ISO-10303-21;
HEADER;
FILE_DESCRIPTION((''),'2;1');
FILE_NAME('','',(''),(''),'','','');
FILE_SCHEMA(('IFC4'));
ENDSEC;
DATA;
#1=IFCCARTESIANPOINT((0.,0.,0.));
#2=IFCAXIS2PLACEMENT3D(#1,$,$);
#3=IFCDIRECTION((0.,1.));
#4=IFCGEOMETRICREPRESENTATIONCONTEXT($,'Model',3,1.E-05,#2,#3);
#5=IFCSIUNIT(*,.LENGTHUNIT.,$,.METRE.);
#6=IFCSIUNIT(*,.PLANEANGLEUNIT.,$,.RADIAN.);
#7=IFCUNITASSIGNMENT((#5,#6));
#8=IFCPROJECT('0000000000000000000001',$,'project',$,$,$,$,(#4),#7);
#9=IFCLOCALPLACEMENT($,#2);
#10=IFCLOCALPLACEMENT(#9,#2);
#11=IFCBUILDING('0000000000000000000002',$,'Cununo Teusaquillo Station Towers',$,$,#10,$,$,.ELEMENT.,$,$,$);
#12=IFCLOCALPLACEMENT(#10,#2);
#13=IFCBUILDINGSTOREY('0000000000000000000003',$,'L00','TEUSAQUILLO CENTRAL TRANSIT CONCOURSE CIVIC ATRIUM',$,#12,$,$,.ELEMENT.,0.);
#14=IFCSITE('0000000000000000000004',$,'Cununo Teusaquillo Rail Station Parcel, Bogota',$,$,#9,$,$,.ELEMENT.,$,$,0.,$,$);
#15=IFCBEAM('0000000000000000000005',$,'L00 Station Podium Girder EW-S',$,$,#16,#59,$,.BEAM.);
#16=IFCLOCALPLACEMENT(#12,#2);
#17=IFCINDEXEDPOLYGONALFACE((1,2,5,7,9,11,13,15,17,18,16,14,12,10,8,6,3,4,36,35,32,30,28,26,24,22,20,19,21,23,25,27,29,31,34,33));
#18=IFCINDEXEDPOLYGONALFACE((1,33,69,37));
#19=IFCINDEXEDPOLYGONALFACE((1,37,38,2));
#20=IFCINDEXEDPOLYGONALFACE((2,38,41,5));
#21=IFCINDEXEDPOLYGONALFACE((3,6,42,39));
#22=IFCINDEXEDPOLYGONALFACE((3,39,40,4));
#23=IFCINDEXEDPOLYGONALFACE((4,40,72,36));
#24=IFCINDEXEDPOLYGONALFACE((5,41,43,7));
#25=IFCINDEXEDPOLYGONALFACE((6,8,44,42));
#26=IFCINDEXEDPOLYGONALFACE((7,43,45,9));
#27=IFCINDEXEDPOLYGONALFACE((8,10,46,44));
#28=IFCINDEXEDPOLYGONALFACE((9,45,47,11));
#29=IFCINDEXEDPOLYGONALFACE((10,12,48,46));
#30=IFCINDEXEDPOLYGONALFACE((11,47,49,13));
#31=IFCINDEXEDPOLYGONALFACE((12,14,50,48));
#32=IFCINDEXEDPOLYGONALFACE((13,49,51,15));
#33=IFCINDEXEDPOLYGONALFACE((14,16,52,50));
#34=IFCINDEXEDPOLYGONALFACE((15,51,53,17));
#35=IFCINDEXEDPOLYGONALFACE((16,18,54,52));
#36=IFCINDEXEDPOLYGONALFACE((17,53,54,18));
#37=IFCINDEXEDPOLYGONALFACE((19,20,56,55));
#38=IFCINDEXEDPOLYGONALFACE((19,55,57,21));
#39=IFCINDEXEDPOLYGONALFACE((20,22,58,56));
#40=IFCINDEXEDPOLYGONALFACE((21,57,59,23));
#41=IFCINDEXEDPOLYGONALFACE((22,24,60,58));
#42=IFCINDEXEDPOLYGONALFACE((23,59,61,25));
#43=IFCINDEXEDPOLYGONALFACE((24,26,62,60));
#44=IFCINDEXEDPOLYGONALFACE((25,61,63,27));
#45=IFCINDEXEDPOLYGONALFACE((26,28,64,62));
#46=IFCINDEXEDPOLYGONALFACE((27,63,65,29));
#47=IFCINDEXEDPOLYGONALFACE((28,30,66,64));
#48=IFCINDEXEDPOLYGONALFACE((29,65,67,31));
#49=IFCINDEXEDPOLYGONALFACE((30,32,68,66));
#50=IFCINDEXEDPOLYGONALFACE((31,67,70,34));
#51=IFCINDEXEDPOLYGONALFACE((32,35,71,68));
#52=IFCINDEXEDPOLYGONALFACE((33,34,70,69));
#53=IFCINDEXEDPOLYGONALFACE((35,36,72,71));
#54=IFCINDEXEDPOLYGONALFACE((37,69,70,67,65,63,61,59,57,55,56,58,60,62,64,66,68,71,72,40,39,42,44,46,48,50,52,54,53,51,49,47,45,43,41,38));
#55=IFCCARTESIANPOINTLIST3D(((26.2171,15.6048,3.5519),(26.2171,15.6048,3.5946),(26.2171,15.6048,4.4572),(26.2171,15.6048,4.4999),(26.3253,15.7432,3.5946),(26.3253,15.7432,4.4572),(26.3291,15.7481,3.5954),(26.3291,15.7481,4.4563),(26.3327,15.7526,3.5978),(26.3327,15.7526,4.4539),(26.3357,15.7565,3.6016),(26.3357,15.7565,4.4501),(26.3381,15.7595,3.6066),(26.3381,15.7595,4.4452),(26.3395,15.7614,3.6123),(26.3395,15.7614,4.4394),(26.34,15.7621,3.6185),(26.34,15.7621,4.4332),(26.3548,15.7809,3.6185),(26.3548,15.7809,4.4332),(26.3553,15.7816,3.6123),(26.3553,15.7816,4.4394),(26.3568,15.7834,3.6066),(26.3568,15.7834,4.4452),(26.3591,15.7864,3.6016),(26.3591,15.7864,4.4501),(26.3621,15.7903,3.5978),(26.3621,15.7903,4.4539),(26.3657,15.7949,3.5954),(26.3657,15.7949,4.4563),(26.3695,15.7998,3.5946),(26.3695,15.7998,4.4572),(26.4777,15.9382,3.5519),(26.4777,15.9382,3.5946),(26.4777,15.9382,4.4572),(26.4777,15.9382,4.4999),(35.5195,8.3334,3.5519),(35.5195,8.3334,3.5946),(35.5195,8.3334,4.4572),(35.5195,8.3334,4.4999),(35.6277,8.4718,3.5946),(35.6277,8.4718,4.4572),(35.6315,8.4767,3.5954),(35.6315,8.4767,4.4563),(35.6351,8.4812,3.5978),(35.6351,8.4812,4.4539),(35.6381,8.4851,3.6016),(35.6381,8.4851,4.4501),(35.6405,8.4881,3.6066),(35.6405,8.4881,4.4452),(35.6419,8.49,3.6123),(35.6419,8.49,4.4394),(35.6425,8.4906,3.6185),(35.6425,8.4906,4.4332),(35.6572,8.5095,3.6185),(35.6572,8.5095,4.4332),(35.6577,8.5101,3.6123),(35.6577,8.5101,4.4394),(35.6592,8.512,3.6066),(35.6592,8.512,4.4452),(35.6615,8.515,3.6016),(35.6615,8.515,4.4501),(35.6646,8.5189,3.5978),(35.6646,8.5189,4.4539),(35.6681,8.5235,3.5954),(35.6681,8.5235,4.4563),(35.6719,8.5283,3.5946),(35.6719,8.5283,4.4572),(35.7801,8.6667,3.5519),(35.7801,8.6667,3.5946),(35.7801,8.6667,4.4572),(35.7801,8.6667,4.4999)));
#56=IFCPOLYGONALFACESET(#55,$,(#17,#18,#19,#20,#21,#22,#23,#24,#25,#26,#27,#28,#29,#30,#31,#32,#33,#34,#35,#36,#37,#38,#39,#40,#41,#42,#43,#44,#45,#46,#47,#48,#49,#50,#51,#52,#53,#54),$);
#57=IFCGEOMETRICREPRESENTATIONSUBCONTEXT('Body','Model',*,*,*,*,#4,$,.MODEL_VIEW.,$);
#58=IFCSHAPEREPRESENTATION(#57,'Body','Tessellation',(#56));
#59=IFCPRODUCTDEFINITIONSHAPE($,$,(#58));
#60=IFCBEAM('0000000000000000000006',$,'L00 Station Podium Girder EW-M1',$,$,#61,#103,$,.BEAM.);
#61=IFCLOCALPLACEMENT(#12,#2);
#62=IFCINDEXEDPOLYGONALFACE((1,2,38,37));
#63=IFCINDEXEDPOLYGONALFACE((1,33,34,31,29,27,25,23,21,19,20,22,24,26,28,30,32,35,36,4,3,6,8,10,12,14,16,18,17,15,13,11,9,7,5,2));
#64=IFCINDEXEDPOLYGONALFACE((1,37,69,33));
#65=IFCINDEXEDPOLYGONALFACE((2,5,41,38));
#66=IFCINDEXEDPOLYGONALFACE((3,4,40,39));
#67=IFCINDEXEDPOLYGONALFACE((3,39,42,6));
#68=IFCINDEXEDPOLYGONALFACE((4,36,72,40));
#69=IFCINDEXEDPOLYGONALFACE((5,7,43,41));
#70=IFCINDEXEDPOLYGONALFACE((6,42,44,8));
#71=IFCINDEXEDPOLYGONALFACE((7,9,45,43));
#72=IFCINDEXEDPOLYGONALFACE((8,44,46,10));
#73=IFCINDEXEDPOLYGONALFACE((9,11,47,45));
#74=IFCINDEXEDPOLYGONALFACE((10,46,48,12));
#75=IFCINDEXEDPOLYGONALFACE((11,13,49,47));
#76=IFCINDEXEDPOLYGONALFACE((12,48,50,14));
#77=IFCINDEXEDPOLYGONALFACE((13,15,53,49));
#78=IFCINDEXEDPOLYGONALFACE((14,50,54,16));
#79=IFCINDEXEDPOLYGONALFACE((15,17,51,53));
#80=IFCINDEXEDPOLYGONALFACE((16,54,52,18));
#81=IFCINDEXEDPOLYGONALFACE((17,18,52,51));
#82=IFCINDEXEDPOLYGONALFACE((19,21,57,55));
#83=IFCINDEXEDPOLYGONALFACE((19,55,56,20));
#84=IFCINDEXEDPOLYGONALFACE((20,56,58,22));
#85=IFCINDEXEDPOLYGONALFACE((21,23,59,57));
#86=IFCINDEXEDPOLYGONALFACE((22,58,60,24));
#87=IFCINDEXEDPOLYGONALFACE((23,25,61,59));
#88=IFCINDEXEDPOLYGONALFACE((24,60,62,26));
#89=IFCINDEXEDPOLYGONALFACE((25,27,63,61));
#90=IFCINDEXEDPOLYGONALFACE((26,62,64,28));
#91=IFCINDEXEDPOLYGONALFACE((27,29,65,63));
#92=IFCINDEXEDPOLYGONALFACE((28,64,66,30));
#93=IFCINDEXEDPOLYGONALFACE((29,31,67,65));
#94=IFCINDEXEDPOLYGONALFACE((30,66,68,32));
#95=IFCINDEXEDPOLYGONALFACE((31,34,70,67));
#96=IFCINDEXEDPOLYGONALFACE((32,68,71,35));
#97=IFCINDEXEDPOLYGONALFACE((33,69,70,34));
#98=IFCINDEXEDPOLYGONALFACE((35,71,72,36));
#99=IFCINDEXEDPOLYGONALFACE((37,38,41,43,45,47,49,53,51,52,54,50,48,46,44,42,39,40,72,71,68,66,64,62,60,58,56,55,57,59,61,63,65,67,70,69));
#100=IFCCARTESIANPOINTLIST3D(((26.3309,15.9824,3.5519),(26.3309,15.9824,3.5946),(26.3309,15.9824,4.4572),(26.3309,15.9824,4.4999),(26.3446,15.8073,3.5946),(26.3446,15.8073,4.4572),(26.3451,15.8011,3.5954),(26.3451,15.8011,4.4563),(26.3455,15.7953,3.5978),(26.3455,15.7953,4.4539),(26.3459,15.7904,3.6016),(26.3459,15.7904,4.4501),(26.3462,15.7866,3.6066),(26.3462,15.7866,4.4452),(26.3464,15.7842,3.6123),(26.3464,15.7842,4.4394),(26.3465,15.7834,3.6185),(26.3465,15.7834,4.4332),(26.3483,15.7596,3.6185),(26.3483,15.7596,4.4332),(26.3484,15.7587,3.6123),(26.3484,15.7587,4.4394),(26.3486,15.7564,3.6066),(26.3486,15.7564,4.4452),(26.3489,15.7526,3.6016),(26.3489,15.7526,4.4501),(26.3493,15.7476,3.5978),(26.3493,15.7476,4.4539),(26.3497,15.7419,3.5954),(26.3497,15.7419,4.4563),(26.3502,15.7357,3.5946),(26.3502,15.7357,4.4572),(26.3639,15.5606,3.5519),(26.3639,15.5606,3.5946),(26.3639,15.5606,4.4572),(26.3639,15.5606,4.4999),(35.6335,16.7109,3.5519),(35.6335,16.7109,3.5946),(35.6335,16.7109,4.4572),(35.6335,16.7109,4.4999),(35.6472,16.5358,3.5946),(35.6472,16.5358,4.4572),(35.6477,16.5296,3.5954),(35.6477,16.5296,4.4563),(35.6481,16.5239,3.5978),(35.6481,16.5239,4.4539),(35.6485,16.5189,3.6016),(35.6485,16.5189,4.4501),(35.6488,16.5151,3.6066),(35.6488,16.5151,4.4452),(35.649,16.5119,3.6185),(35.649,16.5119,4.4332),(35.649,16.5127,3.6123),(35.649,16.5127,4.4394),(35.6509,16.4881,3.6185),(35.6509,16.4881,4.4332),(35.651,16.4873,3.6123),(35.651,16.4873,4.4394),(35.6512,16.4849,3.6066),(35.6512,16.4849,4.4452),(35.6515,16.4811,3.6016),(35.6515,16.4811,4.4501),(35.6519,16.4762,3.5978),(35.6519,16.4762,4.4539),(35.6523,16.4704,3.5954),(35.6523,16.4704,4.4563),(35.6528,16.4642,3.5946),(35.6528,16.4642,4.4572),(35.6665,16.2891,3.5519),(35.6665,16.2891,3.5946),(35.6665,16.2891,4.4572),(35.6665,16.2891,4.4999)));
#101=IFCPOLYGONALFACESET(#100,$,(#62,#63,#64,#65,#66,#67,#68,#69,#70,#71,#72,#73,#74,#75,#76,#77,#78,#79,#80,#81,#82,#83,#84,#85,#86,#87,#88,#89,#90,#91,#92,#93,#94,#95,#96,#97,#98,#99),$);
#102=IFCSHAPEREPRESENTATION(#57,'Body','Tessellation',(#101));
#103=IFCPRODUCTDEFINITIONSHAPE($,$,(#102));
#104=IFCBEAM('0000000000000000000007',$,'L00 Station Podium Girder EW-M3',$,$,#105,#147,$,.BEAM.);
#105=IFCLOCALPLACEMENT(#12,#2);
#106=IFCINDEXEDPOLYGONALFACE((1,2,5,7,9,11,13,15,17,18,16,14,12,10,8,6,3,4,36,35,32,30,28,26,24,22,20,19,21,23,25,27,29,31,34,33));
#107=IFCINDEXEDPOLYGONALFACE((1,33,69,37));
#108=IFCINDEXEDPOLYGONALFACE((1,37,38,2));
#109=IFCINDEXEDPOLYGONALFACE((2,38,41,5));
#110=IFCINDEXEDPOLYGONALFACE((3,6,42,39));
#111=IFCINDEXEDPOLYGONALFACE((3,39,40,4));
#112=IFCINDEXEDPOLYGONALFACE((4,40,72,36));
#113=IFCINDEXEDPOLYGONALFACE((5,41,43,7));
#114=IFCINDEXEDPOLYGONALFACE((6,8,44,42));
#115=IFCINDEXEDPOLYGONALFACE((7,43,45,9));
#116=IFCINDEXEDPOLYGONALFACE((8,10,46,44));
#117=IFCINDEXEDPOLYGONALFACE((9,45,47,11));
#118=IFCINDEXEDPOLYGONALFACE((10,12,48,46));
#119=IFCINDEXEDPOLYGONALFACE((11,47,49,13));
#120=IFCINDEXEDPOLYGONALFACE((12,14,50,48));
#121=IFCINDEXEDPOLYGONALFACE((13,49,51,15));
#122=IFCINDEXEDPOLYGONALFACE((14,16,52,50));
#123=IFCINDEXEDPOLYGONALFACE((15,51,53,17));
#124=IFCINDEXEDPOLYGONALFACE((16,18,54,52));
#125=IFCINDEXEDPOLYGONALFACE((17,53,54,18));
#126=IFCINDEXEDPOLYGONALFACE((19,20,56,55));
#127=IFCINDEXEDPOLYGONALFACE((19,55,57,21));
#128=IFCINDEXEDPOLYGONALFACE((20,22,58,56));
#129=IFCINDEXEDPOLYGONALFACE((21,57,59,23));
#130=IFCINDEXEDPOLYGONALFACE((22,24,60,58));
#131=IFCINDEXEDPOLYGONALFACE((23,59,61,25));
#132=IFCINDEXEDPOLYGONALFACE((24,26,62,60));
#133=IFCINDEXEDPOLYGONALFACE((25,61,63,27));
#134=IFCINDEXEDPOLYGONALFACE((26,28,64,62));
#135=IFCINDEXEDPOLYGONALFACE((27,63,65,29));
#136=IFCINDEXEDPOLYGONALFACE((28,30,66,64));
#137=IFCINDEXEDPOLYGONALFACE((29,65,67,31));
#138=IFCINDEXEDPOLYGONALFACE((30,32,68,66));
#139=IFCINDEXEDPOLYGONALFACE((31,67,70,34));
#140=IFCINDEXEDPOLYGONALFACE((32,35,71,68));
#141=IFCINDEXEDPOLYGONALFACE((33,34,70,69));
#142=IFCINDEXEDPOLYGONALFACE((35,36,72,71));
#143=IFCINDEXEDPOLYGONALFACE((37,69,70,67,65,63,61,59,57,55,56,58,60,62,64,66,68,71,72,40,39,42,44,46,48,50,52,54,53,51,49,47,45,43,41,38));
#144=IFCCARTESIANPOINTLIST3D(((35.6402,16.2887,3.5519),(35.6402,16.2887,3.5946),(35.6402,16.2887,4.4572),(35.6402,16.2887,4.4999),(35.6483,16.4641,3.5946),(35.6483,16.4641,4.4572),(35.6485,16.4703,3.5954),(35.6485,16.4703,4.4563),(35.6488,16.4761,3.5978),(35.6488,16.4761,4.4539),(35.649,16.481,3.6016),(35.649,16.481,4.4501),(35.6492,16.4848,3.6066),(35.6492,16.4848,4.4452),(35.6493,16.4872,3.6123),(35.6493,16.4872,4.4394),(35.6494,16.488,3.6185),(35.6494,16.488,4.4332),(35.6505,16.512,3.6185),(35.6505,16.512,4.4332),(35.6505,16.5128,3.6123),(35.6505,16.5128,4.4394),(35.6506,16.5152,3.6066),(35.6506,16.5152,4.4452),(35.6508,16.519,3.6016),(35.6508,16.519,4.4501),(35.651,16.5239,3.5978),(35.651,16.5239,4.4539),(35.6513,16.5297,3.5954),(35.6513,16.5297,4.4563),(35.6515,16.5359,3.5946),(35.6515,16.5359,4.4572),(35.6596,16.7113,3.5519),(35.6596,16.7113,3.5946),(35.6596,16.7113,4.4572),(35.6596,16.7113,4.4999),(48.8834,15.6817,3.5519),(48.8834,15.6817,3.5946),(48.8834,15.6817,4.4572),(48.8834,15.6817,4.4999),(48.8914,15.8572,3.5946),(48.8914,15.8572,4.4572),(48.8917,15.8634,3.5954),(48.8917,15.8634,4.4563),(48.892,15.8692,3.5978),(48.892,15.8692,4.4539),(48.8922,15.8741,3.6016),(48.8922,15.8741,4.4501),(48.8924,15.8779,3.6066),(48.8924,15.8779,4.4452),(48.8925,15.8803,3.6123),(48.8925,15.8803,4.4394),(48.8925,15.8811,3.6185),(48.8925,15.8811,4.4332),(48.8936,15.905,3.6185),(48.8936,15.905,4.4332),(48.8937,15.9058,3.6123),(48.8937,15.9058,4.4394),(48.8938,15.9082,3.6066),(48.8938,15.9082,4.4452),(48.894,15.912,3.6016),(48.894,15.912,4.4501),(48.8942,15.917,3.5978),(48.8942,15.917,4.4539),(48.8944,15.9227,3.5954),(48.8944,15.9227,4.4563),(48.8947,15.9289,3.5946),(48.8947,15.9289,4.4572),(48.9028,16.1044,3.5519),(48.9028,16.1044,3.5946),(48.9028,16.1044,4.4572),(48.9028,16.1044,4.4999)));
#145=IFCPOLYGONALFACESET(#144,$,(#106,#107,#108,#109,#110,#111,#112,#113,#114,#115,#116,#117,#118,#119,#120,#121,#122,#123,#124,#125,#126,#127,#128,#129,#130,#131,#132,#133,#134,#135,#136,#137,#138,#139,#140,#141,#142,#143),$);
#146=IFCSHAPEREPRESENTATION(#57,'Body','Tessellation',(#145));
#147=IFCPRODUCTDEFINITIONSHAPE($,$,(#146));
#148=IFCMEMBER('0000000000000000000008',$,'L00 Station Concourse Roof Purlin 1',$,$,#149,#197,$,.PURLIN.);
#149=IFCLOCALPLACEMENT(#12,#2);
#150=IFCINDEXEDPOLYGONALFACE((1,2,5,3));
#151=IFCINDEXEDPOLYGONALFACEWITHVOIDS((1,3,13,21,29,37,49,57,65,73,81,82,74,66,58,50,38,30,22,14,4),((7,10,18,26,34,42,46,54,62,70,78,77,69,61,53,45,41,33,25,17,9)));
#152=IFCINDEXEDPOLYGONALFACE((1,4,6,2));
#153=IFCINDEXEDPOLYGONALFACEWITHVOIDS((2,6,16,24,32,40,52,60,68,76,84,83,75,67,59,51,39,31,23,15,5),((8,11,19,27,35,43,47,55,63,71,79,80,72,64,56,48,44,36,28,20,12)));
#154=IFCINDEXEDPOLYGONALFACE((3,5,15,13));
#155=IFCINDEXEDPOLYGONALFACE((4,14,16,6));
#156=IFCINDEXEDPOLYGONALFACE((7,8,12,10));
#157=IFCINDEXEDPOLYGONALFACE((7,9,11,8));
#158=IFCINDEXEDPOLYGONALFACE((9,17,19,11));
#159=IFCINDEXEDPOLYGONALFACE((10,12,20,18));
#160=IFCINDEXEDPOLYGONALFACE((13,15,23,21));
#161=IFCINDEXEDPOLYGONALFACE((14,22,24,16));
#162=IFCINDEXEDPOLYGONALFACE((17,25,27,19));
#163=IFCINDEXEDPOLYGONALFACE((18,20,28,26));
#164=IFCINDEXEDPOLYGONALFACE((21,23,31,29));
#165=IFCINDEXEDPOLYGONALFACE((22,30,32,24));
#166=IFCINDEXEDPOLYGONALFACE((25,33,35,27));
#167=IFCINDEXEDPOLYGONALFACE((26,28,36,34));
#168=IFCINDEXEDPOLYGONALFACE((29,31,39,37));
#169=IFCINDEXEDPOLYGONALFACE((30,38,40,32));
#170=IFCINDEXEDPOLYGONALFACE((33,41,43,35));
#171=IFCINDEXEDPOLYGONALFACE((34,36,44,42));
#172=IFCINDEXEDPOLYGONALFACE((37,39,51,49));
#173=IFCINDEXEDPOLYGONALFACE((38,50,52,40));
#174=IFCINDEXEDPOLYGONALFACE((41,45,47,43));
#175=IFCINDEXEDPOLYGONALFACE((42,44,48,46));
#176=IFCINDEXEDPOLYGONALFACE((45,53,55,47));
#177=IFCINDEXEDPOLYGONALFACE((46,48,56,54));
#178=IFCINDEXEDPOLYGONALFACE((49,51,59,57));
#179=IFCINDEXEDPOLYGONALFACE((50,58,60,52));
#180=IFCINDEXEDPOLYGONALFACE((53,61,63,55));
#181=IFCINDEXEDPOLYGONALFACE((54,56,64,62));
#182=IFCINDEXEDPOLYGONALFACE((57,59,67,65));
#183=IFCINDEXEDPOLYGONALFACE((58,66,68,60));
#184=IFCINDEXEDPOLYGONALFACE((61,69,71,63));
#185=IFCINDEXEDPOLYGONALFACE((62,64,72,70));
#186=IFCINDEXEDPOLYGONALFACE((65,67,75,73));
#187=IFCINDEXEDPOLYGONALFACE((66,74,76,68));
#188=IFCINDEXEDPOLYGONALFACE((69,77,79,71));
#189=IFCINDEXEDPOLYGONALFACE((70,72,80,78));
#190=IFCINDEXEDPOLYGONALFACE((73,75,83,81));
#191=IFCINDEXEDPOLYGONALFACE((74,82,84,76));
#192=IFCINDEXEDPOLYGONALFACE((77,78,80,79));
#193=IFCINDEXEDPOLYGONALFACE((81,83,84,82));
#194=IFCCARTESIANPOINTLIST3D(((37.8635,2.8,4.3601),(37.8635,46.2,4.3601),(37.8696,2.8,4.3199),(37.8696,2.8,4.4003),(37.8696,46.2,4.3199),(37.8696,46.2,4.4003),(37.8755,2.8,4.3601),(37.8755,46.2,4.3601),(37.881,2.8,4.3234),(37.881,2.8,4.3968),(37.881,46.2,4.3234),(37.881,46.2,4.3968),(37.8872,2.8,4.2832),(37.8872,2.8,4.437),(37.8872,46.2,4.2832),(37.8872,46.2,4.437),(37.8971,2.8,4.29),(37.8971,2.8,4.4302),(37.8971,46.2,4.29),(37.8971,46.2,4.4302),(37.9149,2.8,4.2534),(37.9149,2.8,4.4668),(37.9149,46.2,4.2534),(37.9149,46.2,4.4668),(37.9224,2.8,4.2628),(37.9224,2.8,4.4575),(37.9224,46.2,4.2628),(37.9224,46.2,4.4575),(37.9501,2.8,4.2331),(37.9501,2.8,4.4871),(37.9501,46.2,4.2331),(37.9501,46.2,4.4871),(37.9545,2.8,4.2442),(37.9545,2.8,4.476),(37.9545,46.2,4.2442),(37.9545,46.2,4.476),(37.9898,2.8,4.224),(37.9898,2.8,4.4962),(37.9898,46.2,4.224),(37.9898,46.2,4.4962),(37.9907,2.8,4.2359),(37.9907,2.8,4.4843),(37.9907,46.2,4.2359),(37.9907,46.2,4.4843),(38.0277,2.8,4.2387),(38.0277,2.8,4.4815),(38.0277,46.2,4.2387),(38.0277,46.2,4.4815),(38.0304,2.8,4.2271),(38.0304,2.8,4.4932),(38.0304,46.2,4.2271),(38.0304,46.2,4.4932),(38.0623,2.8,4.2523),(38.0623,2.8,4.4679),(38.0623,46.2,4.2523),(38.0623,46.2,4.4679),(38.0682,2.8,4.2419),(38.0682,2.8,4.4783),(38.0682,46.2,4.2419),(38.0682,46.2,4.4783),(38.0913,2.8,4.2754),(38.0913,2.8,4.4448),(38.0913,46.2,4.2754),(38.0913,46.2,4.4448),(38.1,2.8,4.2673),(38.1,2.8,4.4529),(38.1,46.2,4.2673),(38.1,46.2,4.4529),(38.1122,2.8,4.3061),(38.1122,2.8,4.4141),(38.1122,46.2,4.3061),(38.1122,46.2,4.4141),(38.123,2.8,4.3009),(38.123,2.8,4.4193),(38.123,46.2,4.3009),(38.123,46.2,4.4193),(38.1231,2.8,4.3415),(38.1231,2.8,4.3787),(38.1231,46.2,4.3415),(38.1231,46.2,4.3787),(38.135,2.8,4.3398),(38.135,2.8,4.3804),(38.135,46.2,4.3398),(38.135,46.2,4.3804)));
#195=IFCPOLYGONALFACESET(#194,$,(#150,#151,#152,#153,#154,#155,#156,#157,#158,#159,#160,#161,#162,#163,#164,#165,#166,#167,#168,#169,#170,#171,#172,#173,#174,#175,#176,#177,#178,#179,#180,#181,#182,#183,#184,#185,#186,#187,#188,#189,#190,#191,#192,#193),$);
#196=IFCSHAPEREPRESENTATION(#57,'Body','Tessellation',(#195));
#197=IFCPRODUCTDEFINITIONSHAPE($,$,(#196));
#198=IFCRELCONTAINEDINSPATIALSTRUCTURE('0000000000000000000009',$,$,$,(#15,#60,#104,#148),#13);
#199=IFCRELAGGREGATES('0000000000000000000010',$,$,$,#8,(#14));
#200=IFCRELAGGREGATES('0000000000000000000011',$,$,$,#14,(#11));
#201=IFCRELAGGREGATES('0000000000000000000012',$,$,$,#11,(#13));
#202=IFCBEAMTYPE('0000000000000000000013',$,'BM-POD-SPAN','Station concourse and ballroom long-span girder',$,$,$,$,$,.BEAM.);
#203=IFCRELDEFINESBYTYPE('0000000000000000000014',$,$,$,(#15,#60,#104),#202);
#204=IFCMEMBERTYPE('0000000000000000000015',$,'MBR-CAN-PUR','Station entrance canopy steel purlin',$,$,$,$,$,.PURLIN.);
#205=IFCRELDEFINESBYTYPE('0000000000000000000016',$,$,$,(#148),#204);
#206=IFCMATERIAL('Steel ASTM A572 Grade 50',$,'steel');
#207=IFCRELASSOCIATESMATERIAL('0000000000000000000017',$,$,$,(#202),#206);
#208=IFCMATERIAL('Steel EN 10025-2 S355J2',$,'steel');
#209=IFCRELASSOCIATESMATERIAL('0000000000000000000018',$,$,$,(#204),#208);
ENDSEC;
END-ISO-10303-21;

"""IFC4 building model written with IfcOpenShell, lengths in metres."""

from ifc_helpers import new_model, si_unit, direction, frame, origin, origin_2d, place, context, subcontext, project, spatial, hollow_circle, i_section, extrude, material, material_profile, profile_set, type_object, element, save


model = new_model("IFC4")

# Units and contexts
model_context = context("Model", 3, precision=1e-05, world=origin(), true_north=direction((0.0, 1.0)))
body_context = subcontext(model_context, "Body", "Model", "MODEL_VIEW")
ifc_project = project(units=[si_unit("LENGTHUNIT", "METRE"), si_unit("PLANEANGLEUNIT", "RADIAN")], contexts=[model_context])

# Site, building, storey
site_placement = place(None, origin())
site = spatial("IfcSite", under=ifc_project, at=site_placement, Name="Cununo Teusaquillo Rail Station Parcel, Bogota", CompositionType="ELEMENT", RefElevation=0.0)
building_placement = place(site_placement, origin())
building = spatial("IfcBuilding", under=site, at=building_placement, Name="Cununo Teusaquillo Station Towers", CompositionType="ELEMENT")
storey_placement = place(building_placement, origin())
storey = spatial("IfcBuildingStorey", under=building, at=storey_placement, Name="L00", Description="TEUSAQUILLO CENTRAL TRANSIT CONCOURSE CIVIC ATRIUM", CompositionType="ELEMENT", Elevation=0.0)

# Beams
ifc_material_1 = material(Name="Steel ASTM A572 Grade 50", Category="steel")
ifc_material_profile_1 = material_profile(ifc_material_1, i_section(OverallWidth=0.4231, OverallDepth=0.948, WebThickness=0.0239, FlangeThickness=0.0427, FilletRadius=0.0239, at=origin_2d()), Name="W36X302")
ifc_profile_set_1 = profile_set([ifc_material_profile_1], Name="Steel ASTM A572 Grade 50")
beam_type_1 = type_object("IfcBeamType", Name="BM-POD-SPAN", Description="Station concourse and ballroom long-span girder", PredefinedType="BEAM", material=ifc_profile_set_1)
beam_1_placement = place(storey_placement, frame((26.3474, 15.7715, 4.0259), z_axis=(0.787864, -0.61585, 0.0), x_axis=(0.61585, 0.787864, 0.0)))
element("IfcBeam", 1, at=beam_1_placement, inside=storey, type_object=beam_type_1, Name="L00 Station Podium Girder EW-S", PredefinedType="BEAM", context=body_context, shape_type="SweptSolid", body=[
    extrude(i_section(OverallWidth=0.4231, OverallDepth=0.948, WebThickness=0.0239, FlangeThickness=0.0427, FilletRadius=0.0239, at=origin_2d()), origin(), (0.0, 0.0, 1.0), 11.8071),
])
beam_2_placement = place(storey_placement, frame((26.3474, 15.7715, 4.0259), z_axis=(0.996947, 0.078075, 0.0), x_axis=(-0.078075, 0.996947, 0.0)))
element("IfcBeam", 2, at=beam_2_placement, inside=storey, type_object=beam_type_1, Name="L00 Station Podium Girder EW-M1", PredefinedType="BEAM", context=body_context, shape_type="SweptSolid", body=[
    extrude(i_section(OverallWidth=0.4231, OverallDepth=0.948, WebThickness=0.0239, FlangeThickness=0.0427, FilletRadius=0.0239, at=origin_2d()), origin(), (0.0, 0.0, 1.0), 9.3311),
])
beam_3_placement = place(storey_placement, frame((35.6499, 16.5, 4.0259), z_axis=(0.998951, -0.045782, 0.0), x_axis=(0.045782, 0.998951, 0.0)))
element("IfcBeam", 3, at=beam_3_placement, inside=storey, type_object=beam_type_1, Name="L00 Station Podium Girder EW-M3", PredefinedType="BEAM", context=body_context, shape_type="SweptSolid", body=[
    extrude(i_section(OverallWidth=0.4231, OverallDepth=0.948, WebThickness=0.0239, FlangeThickness=0.0427, FilletRadius=0.0239, at=origin_2d()), origin(), (0.0, 0.0, 1.0), 13.2571),
])

# Member
ifc_material_2 = material(Name="Steel EN 10025-2 S355J2", Category="steel")
ifc_material_profile_2 = material_profile(ifc_material_2, hollow_circle(Radius=0.1365, WallThickness=0.012, at=origin_2d()), Name="CHS 273x12")
ifc_profile_set_2 = profile_set([ifc_material_profile_2], Name="Steel EN 10025-2 S355J2")
member_type_1 = type_object("IfcMemberType", Name="MBR-CAN-PUR", Description="Station entrance canopy steel purlin", PredefinedType="PURLIN", material=ifc_profile_set_2)
for number, where, z_axis, x_axis, name in (
    (4, (38.0, 2.8, 4.3601), (0.0, 1.0, 0.0), (-1.0, 0.0, 0.0), "L00 Station Concourse Roof Purlin 1"),
):
    element("IfcMember", number, at=place(storey_placement, frame(where, z_axis=z_axis, x_axis=x_axis)), inside=storey, type_object=member_type_1, Name=name, PredefinedType="PURLIN", context=body_context, shape_type="SweptSolid", body=[
        extrude(hollow_circle(Radius=0.1365, WallThickness=0.012, at=origin_2d()), origin(), (0.0, 0.0, 1.0), 43.3999),
    ])

save(model, "model.ifc")
